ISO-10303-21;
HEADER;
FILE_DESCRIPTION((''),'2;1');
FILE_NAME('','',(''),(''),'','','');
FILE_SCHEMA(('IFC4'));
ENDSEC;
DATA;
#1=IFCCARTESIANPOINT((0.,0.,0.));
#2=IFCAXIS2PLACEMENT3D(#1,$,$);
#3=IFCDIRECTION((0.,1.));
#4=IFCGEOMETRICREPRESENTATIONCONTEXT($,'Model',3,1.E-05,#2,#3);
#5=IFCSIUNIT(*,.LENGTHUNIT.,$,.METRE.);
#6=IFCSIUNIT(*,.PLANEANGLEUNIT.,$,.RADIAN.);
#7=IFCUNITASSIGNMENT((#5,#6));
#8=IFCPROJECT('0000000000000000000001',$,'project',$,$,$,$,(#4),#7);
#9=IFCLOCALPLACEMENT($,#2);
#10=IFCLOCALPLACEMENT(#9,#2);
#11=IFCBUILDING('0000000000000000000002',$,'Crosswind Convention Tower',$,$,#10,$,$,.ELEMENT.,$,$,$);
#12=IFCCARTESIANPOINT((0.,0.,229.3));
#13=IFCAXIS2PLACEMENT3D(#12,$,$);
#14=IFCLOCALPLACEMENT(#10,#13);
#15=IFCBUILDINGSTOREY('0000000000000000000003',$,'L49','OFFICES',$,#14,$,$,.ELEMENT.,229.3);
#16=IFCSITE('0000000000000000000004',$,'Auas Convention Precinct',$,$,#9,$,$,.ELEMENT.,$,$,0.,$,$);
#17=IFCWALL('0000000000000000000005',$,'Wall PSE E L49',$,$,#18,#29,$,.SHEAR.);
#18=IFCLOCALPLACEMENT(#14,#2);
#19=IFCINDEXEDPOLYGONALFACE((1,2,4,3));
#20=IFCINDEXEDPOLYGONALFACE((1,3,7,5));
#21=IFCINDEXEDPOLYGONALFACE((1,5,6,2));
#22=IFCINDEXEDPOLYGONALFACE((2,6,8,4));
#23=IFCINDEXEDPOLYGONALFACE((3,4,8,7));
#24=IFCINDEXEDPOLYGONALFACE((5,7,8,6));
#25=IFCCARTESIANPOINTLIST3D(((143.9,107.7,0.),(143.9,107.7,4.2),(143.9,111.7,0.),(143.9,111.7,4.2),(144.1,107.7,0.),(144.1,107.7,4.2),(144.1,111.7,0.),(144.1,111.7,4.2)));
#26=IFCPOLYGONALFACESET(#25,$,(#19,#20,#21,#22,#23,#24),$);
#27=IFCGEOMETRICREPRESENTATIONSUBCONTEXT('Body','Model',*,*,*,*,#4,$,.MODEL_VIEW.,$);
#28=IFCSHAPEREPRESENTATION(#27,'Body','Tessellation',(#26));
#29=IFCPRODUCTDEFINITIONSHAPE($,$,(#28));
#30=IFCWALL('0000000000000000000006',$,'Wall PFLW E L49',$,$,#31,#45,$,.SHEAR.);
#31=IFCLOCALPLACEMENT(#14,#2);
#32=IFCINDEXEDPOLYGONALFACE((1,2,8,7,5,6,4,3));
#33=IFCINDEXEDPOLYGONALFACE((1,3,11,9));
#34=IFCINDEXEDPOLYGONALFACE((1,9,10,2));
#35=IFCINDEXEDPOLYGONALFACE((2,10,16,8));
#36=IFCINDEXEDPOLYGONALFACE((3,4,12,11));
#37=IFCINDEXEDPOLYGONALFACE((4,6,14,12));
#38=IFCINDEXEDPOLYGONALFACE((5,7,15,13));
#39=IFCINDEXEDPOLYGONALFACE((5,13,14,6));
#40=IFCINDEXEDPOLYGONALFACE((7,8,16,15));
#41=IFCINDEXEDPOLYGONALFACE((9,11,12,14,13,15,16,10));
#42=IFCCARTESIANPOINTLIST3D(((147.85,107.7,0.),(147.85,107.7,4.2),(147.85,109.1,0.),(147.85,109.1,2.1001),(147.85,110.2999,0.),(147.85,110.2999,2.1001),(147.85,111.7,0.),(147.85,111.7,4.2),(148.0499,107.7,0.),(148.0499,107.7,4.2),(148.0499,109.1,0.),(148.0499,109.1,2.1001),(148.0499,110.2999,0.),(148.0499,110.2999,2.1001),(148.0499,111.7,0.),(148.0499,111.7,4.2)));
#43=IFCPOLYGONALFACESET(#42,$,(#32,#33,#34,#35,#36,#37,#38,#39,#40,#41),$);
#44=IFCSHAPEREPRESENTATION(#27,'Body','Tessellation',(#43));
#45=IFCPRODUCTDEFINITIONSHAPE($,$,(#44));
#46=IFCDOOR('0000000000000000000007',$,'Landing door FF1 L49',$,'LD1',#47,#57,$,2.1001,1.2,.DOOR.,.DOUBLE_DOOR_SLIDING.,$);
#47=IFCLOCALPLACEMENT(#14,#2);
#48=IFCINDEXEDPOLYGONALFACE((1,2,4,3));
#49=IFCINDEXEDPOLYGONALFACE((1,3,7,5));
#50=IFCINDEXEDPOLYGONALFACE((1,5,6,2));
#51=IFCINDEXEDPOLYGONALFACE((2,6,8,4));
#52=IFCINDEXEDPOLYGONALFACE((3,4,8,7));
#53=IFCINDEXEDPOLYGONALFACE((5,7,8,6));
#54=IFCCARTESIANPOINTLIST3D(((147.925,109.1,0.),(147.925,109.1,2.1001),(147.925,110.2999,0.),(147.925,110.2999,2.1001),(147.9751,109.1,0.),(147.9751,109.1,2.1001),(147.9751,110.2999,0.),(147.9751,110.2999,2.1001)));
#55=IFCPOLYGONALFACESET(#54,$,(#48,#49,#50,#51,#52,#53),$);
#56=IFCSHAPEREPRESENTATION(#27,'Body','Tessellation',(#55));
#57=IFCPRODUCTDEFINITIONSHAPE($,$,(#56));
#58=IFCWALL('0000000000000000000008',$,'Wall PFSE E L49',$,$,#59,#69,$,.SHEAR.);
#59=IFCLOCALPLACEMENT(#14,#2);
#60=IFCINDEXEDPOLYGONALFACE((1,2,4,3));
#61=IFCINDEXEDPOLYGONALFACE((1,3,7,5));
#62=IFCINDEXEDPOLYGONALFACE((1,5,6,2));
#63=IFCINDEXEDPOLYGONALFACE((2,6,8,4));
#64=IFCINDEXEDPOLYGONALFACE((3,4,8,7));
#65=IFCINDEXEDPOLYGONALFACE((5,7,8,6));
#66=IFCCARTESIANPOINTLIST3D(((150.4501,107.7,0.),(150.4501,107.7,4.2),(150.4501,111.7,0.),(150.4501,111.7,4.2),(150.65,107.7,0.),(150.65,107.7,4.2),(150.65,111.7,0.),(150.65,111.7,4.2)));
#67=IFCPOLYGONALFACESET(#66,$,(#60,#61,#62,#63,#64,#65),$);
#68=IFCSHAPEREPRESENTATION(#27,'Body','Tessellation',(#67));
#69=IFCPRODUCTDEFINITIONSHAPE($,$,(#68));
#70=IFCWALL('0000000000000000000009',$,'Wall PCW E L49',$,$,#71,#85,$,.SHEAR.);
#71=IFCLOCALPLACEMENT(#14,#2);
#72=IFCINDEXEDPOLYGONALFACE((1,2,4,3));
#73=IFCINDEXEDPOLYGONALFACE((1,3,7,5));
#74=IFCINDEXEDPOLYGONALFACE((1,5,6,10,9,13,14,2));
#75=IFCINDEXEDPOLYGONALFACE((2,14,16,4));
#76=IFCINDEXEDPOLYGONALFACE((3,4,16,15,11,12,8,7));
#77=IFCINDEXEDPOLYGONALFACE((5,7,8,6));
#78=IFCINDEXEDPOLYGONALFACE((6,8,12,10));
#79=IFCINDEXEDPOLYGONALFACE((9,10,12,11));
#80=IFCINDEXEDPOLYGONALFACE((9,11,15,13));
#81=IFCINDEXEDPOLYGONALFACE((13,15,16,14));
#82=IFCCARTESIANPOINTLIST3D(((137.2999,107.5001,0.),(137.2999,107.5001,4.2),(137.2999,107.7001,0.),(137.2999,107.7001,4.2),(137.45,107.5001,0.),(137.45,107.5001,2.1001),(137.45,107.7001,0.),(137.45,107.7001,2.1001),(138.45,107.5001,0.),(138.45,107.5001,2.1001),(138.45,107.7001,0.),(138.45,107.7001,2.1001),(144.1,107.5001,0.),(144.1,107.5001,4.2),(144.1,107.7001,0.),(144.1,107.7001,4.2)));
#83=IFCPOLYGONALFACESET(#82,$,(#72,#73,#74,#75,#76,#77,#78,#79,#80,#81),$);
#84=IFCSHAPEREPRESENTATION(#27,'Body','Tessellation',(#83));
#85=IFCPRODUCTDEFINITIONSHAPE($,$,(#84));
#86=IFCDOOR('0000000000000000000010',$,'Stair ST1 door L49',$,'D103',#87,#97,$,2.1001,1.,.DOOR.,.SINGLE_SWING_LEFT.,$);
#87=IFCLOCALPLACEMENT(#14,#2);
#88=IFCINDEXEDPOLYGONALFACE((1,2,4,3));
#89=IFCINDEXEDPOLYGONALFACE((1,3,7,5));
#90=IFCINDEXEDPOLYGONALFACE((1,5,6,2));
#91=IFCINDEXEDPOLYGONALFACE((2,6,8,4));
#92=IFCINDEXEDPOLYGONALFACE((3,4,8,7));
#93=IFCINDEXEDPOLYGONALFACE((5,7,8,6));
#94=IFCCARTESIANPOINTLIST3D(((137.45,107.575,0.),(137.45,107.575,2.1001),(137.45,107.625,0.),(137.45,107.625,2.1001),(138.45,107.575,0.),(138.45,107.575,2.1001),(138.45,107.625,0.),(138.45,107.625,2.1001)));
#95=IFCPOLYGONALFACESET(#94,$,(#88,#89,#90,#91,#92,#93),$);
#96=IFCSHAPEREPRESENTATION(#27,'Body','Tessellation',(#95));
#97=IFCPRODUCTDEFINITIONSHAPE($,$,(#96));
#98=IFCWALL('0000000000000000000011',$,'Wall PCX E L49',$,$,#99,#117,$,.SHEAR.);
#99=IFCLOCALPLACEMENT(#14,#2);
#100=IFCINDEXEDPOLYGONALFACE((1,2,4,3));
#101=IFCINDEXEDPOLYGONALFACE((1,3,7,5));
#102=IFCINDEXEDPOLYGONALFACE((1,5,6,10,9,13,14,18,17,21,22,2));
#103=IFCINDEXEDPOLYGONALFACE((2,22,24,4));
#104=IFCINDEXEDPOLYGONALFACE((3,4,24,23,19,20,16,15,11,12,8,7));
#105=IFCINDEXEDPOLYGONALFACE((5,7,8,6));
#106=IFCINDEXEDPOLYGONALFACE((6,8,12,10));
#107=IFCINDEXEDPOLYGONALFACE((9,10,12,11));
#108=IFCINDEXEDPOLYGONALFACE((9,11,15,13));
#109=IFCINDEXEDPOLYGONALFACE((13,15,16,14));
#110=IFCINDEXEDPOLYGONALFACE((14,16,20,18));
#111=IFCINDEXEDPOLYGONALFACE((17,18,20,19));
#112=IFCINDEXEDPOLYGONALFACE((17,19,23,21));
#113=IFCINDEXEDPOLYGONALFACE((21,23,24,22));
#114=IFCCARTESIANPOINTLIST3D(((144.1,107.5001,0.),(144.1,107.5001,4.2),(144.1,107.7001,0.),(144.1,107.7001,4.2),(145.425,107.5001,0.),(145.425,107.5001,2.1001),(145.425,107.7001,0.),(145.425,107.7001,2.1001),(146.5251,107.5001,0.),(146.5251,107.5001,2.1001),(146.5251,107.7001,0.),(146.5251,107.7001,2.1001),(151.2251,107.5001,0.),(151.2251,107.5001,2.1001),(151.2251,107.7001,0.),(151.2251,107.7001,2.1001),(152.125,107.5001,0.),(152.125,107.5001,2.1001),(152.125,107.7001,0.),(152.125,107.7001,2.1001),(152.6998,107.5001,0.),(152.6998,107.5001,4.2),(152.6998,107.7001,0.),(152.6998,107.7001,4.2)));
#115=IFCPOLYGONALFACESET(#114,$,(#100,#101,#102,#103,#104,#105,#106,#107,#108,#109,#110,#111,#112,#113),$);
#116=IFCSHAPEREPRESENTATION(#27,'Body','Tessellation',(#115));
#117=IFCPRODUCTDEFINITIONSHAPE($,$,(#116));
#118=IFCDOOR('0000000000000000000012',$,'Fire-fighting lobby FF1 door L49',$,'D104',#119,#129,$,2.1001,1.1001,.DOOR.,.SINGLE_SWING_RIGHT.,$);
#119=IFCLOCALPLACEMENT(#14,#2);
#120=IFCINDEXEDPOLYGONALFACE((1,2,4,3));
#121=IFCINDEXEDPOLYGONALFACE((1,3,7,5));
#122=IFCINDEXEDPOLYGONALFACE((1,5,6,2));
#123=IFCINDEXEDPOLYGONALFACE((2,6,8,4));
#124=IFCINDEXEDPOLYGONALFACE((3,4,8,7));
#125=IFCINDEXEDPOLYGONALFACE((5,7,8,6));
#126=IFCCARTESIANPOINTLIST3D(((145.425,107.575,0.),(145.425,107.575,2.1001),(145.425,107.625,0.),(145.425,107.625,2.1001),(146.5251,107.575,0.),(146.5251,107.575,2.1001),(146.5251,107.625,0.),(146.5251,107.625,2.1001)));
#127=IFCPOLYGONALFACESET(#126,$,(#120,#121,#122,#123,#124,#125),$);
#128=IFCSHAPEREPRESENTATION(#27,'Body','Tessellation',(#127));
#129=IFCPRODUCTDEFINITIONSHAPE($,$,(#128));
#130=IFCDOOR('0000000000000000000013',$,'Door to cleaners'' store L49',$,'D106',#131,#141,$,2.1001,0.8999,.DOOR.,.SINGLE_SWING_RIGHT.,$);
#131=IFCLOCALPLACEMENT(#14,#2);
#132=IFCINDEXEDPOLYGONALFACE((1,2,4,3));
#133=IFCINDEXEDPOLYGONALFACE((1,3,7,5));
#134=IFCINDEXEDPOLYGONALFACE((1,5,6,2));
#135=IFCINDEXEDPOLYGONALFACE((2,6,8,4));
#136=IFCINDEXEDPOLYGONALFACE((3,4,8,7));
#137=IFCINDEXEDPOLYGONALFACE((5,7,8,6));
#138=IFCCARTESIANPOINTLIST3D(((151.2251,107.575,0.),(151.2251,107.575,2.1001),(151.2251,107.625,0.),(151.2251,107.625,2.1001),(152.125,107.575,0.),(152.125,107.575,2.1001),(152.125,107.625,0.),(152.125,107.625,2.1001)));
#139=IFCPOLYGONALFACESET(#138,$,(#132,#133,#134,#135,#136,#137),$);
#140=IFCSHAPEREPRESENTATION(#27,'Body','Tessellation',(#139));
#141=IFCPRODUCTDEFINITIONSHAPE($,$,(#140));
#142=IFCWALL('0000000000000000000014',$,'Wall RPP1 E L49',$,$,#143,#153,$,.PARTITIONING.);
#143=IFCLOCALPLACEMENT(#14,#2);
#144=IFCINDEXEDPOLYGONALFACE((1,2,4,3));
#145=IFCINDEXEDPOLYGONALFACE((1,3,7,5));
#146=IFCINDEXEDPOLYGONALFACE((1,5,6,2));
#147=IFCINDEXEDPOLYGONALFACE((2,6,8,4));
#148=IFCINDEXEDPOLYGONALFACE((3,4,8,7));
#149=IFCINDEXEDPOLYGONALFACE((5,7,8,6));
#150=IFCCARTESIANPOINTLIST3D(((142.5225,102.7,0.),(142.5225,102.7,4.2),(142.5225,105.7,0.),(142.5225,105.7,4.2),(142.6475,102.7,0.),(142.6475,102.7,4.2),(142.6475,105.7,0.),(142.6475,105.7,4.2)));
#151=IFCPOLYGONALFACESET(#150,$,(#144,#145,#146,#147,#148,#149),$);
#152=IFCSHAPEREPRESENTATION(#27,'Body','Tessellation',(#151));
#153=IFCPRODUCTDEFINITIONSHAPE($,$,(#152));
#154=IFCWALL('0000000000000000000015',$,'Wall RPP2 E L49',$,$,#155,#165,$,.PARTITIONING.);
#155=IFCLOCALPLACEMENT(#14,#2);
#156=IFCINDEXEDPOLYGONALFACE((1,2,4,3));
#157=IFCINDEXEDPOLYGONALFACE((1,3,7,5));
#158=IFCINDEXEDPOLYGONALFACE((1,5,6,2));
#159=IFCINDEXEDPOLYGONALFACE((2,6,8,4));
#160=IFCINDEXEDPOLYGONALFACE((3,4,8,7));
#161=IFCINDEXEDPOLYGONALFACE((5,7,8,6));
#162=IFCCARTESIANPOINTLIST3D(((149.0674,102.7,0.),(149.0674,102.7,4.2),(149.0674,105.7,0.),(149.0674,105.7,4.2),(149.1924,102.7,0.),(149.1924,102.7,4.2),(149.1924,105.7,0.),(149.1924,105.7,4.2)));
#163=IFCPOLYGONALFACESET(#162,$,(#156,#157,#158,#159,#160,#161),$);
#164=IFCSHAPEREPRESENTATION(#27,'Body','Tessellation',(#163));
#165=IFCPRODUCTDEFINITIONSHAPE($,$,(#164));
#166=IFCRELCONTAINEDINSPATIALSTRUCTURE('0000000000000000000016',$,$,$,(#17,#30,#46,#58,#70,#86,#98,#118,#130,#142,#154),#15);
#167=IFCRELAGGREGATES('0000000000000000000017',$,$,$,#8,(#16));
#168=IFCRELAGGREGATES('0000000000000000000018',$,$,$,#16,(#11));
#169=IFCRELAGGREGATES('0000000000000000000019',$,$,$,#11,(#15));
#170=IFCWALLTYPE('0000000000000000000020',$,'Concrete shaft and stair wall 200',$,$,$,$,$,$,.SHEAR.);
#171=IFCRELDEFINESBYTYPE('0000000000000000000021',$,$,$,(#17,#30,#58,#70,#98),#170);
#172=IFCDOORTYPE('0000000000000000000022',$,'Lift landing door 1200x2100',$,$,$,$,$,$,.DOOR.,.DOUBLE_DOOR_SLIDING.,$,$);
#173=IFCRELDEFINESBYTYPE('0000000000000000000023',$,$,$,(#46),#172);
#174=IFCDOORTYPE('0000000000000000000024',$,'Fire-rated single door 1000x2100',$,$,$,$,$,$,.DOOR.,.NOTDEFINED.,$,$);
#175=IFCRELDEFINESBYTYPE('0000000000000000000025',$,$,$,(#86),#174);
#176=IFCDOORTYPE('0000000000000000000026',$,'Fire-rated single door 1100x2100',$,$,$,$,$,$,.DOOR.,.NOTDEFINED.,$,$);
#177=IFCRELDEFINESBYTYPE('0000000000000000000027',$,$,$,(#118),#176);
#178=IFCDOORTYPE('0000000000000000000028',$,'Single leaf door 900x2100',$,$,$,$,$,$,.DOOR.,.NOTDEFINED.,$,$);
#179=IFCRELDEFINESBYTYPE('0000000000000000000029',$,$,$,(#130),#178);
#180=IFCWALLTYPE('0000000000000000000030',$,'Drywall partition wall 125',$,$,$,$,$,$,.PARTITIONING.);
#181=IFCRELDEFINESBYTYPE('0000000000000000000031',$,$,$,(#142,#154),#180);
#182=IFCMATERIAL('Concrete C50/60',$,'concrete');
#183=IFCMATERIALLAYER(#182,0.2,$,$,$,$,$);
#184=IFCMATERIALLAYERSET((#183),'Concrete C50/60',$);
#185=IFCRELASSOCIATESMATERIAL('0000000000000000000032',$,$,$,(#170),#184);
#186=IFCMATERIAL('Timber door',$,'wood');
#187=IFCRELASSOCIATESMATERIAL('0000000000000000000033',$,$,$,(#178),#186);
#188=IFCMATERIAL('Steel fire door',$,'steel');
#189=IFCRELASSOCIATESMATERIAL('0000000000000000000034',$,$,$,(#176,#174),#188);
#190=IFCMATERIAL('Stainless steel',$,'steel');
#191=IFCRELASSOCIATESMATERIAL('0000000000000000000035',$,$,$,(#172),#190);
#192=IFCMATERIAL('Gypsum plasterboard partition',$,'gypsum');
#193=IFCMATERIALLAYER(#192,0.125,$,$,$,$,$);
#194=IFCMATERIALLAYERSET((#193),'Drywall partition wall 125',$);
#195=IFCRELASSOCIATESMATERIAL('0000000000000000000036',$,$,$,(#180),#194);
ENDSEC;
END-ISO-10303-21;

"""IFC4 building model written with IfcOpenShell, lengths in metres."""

from ifc_helpers import new_model, si_unit, direction, frame, frame_2d, origin, place, context, subcontext, project, spatial, rectangle, extrude, material, layer, layer_set, type_object, element, fill, save


model = new_model("IFC4")

# Units and contexts
model_context = context("Model", 3, precision=1e-05, world=origin(), true_north=direction((0.0, 1.0)))
body_context = subcontext(model_context, "Body", "Model", "MODEL_VIEW")
ifc_project = project(units=[si_unit("LENGTHUNIT", "METRE"), si_unit("PLANEANGLEUNIT", "RADIAN")], contexts=[model_context])

# Site, building, storey
site_placement = place(None, origin())
site = spatial("IfcSite", under=ifc_project, at=site_placement, Name="Auas Convention Precinct", CompositionType="ELEMENT", RefElevation=0.0)
building_placement = place(site_placement, origin())
building = spatial("IfcBuilding", under=site, at=building_placement, Name="Crosswind Convention Tower", CompositionType="ELEMENT")
storey_placement = place(building_placement, frame((0.0, 0.0, 229.3)))
storey = spatial("IfcBuildingStorey", under=building, at=storey_placement, Name="L49", Description="OFFICES", CompositionType="ELEMENT", Elevation=229.3)

# Shared definitions
ifc_material_1 = material(Name="Concrete C50/60", Category="concrete")
ifc_layer_1 = layer(ifc_material_1, 0.2)
ifc_layer_set_1 = layer_set([ifc_layer_1], Name="Concrete C50/60")
wall_type_1 = type_object("IfcWallType", Name="Concrete shaft and stair wall 200", PredefinedType="SHEAR", material=ifc_layer_set_1)

# Shared definitions
ifc_material_2 = material(Name="Timber door", Category="wood")
door_type_1 = type_object("IfcDoorType", Name="Single leaf door 900x2100", OperationType="NOTDEFINED", PredefinedType="DOOR", material=ifc_material_2)

# Shared definitions
ifc_material_3 = material(Name="Steel fire door", Category="steel")
door_type_2 = type_object("IfcDoorType", Name="Fire-rated single door 1100x2100", OperationType="NOTDEFINED", PredefinedType="DOOR", material=ifc_material_3)

# Wall
wall_1_placement = place(storey_placement, frame((144.0, 107.7, 0.0), z_axis=(0.0, 0.0, 1.0), x_axis=(0.0, 1.0, 0.0)))
element("IfcWall", 1, at=wall_1_placement, inside=storey, type_object=wall_type_1, Name="Wall PSE E L49", PredefinedType="SHEAR", context=body_context, shape_type="SweptSolid", body=[
    extrude(rectangle(XDim=4.0, YDim=0.2, at=frame_2d((2.0, 0.0))), origin(), (0.0, 0.0, 1.0), 4.2),
])

# Wall, opening, door
wall_2_placement = place(storey_placement, frame((147.95, 107.7, 0.0), z_axis=(0.0, 0.0, 1.0), x_axis=(0.0, 1.0, 0.0)))
wall_2 = element("IfcWall", 2, at=wall_2_placement, inside=storey, type_object=wall_type_1, Name="Wall PFLW E L49", PredefinedType="SHEAR", context=body_context, shape_type="SweptSolid", body=[
    extrude(rectangle(XDim=4.0, YDim=0.2, at=frame_2d((2.0, 0.0))), origin(), (0.0, 0.0, 1.0), 4.2),
])
opening_1_placement = place(wall_2_placement, frame((1.3999, 0.0, 0.0)))
opening_1 = element("IfcOpeningElement", 3, at=opening_1_placement, cuts=wall_2, PredefinedType="OPENING", context=body_context, shape_type="SweptSolid", body=[
    extrude(rectangle(XDim=1.2, YDim=2.1001, at=frame_2d((0.6001, 1.05))), frame((0.0, 0.1099, 0.0), z_axis=(0.0, -1.0, 0.0), x_axis=(1.0, 0.0, 0.0)), (0.0, 0.0, 1.0), 0.22),
])
ifc_material_4 = material(Name="Stainless steel", Category="steel")
door_type_3 = type_object("IfcDoorType", Name="Lift landing door 1200x2100", OperationType="DOUBLE_DOOR_SLIDING", PredefinedType="DOOR", material=ifc_material_4)
door_1_placement = place(opening_1_placement, origin())
door_1 = element("IfcDoor", 4, at=door_1_placement, inside=storey, type_object=door_type_3, Name="Landing door FF1 L49", ObjectType="LD1", OperationType="DOUBLE_DOOR_SLIDING", OverallHeight=2.1001, OverallWidth=1.2, PredefinedType="DOOR", context=body_context, shape_type="SweptSolid", body=[
    extrude(rectangle(XDim=1.2, YDim=2.1001, at=frame_2d((0.6001, 1.05))), frame((0.0, 0.0249, 0.0), z_axis=(0.0, -1.0, 0.0), x_axis=(1.0, 0.0, 0.0)), (0.0, 0.0, 1.0), 0.05),
])
fill(opening_1, door_1)

# Wall
wall_3_placement = place(storey_placement, frame((150.55, 107.7, 0.0), z_axis=(0.0, 0.0, 1.0), x_axis=(0.0, 1.0, 0.0)))
element("IfcWall", 5, at=wall_3_placement, inside=storey, type_object=wall_type_1, Name="Wall PFSE E L49", PredefinedType="SHEAR", context=body_context, shape_type="SweptSolid", body=[
    extrude(rectangle(XDim=4.0, YDim=0.2, at=frame_2d((2.0, 0.0))), origin(), (0.0, 0.0, 1.0), 4.2),
])

# Wall, opening, door
wall_4_placement = place(storey_placement, frame((137.3, 107.6001, 0.0), z_axis=(0.0, 0.0, 1.0), x_axis=(1.0, 0.0, 0.0)))
wall_4 = element("IfcWall", 6, at=wall_4_placement, inside=storey, type_object=wall_type_1, Name="Wall PCW E L49", PredefinedType="SHEAR", context=body_context, shape_type="SweptSolid", body=[
    extrude(rectangle(XDim=6.8, YDim=0.2, at=frame_2d((3.3999, 0.0))), origin(), (0.0, 0.0, 1.0), 4.2),
])
opening_2_placement = place(wall_4_placement, frame((0.1499, 0.0, 0.0)))
opening_2 = element("IfcOpeningElement", 7, at=opening_2_placement, cuts=wall_4, PredefinedType="OPENING", context=body_context, shape_type="SweptSolid", body=[
    extrude(rectangle(XDim=1.0, YDim=2.1001, at=frame_2d((0.5, 1.05))), frame((0.0, 0.1099, 0.0), z_axis=(0.0, -1.0, 0.0), x_axis=(1.0, 0.0, 0.0)), (0.0, 0.0, 1.0), 0.22),
])
door_type_4 = type_object("IfcDoorType", Name="Fire-rated single door 1000x2100", OperationType="NOTDEFINED", PredefinedType="DOOR", material=ifc_material_3)
door_2_placement = place(opening_2_placement, origin())
door_2 = element("IfcDoor", 8, at=door_2_placement, inside=storey, type_object=door_type_4, Name="Stair ST1 door L49", ObjectType="D103", OperationType="SINGLE_SWING_LEFT", OverallHeight=2.1001, OverallWidth=1.0, PredefinedType="DOOR", context=body_context, shape_type="SweptSolid", body=[
    extrude(rectangle(XDim=1.0, YDim=2.1001, at=frame_2d((0.5, 1.05))), frame((0.0, 0.0249, 0.0), z_axis=(0.0, -1.0, 0.0), x_axis=(1.0, 0.0, 0.0)), (0.0, 0.0, 1.0), 0.05),
])
fill(opening_2, door_2)

# Wall, openings, doors
wall_5_placement = place(storey_placement, frame((144.1001, 107.6001, 0.0), z_axis=(0.0, 0.0, 1.0), x_axis=(1.0, 0.0, 0.0)))
wall_5 = element("IfcWall", 9, at=wall_5_placement, inside=storey, type_object=wall_type_1, Name="Wall PCX E L49", PredefinedType="SHEAR", context=body_context, shape_type="SweptSolid", body=[
    extrude(rectangle(XDim=8.5999, YDim=0.2, at=frame_2d((4.2998, 0.0))), origin(), (0.0, 0.0, 1.0), 4.2),
])
opening_3_placement = place(wall_5_placement, frame((1.325, 0.0, 0.0)))
opening_3 = element("IfcOpeningElement", 10, at=opening_3_placement, cuts=wall_5, PredefinedType="OPENING", context=body_context, shape_type="SweptSolid", body=[
    extrude(rectangle(XDim=1.1001, YDim=2.1001, at=frame_2d((0.55, 1.05))), frame((0.0, 0.1099, 0.0), z_axis=(0.0, -1.0, 0.0), x_axis=(1.0, 0.0, 0.0)), (0.0, 0.0, 1.0), 0.22),
])
opening_4_placement = place(wall_5_placement, frame((7.125, 0.0, 0.0)))
opening_4 = element("IfcOpeningElement", 11, at=opening_4_placement, cuts=wall_5, PredefinedType="OPENING", context=body_context, shape_type="SweptSolid", body=[
    extrude(rectangle(XDim=0.8999, YDim=2.1001, at=frame_2d((0.45, 1.05))), frame((0.0, 0.1099, 0.0), z_axis=(0.0, -1.0, 0.0), x_axis=(1.0, 0.0, 0.0)), (0.0, 0.0, 1.0), 0.22),
])
door_3_placement = place(opening_3_placement, origin())
door_3 = element("IfcDoor", 12, at=door_3_placement, inside=storey, type_object=door_type_2, Name="Fire-fighting lobby FF1 door L49", ObjectType="D104", OperationType="SINGLE_SWING_RIGHT", OverallHeight=2.1001, OverallWidth=1.1001, PredefinedType="DOOR", context=body_context, shape_type="SweptSolid", body=[
    extrude(rectangle(XDim=1.1001, YDim=2.1001, at=frame_2d((0.55, 1.05))), frame((0.0, 0.0249, 0.0), z_axis=(0.0, -1.0, 0.0), x_axis=(1.0, 0.0, 0.0)), (0.0, 0.0, 1.0), 0.05),
])
fill(opening_3, door_3)
door_4_placement = place(opening_4_placement, origin())
door_4 = element("IfcDoor", 13, at=door_4_placement, inside=storey, type_object=door_type_1, Name="Door to cleaners' store L49", ObjectType="D106", OperationType="SINGLE_SWING_RIGHT", OverallHeight=2.1001, OverallWidth=0.8999, PredefinedType="DOOR", context=body_context, shape_type="SweptSolid", body=[
    extrude(rectangle(XDim=0.8999, YDim=2.1001, at=frame_2d((0.45, 1.05))), frame((0.0, 0.0249, 0.0), z_axis=(0.0, -1.0, 0.0), x_axis=(1.0, 0.0, 0.0)), (0.0, 0.0, 1.0), 0.05),
])
fill(opening_4, door_4)

# Walls
ifc_material_5 = material(Name="Gypsum plasterboard partition", Category="gypsum")
ifc_layer_2 = layer(ifc_material_5, 0.125)
ifc_layer_set_2 = layer_set([ifc_layer_2], Name="Drywall partition wall 125")
wall_type_2 = type_object("IfcWallType", Name="Drywall partition wall 125", PredefinedType="PARTITIONING", material=ifc_layer_set_2)
for number, where, z_axis, x_axis, name in (
    (14, (142.585, 102.7, 0.0), (0.0, 0.0, 1.0), (0.0, 1.0, 0.0), "Wall RPP1 E L49"),
    (15, (149.1299, 102.7, 0.0), (0.0, 0.0, 1.0), (0.0, 1.0, 0.0), "Wall RPP2 E L49"),
):
    element("IfcWall", number, at=place(storey_placement, frame(where, z_axis=z_axis, x_axis=x_axis)), inside=storey, type_object=wall_type_2, Name=name, PredefinedType="PARTITIONING", context=body_context, shape_type="SweptSolid", body=[
        extrude(rectangle(XDim=3.0, YDim=0.125, at=frame_2d((1.5, 0.0))), origin(), (0.0, 0.0, 1.0), 4.2),
    ])

save(model, "model.ifc")
